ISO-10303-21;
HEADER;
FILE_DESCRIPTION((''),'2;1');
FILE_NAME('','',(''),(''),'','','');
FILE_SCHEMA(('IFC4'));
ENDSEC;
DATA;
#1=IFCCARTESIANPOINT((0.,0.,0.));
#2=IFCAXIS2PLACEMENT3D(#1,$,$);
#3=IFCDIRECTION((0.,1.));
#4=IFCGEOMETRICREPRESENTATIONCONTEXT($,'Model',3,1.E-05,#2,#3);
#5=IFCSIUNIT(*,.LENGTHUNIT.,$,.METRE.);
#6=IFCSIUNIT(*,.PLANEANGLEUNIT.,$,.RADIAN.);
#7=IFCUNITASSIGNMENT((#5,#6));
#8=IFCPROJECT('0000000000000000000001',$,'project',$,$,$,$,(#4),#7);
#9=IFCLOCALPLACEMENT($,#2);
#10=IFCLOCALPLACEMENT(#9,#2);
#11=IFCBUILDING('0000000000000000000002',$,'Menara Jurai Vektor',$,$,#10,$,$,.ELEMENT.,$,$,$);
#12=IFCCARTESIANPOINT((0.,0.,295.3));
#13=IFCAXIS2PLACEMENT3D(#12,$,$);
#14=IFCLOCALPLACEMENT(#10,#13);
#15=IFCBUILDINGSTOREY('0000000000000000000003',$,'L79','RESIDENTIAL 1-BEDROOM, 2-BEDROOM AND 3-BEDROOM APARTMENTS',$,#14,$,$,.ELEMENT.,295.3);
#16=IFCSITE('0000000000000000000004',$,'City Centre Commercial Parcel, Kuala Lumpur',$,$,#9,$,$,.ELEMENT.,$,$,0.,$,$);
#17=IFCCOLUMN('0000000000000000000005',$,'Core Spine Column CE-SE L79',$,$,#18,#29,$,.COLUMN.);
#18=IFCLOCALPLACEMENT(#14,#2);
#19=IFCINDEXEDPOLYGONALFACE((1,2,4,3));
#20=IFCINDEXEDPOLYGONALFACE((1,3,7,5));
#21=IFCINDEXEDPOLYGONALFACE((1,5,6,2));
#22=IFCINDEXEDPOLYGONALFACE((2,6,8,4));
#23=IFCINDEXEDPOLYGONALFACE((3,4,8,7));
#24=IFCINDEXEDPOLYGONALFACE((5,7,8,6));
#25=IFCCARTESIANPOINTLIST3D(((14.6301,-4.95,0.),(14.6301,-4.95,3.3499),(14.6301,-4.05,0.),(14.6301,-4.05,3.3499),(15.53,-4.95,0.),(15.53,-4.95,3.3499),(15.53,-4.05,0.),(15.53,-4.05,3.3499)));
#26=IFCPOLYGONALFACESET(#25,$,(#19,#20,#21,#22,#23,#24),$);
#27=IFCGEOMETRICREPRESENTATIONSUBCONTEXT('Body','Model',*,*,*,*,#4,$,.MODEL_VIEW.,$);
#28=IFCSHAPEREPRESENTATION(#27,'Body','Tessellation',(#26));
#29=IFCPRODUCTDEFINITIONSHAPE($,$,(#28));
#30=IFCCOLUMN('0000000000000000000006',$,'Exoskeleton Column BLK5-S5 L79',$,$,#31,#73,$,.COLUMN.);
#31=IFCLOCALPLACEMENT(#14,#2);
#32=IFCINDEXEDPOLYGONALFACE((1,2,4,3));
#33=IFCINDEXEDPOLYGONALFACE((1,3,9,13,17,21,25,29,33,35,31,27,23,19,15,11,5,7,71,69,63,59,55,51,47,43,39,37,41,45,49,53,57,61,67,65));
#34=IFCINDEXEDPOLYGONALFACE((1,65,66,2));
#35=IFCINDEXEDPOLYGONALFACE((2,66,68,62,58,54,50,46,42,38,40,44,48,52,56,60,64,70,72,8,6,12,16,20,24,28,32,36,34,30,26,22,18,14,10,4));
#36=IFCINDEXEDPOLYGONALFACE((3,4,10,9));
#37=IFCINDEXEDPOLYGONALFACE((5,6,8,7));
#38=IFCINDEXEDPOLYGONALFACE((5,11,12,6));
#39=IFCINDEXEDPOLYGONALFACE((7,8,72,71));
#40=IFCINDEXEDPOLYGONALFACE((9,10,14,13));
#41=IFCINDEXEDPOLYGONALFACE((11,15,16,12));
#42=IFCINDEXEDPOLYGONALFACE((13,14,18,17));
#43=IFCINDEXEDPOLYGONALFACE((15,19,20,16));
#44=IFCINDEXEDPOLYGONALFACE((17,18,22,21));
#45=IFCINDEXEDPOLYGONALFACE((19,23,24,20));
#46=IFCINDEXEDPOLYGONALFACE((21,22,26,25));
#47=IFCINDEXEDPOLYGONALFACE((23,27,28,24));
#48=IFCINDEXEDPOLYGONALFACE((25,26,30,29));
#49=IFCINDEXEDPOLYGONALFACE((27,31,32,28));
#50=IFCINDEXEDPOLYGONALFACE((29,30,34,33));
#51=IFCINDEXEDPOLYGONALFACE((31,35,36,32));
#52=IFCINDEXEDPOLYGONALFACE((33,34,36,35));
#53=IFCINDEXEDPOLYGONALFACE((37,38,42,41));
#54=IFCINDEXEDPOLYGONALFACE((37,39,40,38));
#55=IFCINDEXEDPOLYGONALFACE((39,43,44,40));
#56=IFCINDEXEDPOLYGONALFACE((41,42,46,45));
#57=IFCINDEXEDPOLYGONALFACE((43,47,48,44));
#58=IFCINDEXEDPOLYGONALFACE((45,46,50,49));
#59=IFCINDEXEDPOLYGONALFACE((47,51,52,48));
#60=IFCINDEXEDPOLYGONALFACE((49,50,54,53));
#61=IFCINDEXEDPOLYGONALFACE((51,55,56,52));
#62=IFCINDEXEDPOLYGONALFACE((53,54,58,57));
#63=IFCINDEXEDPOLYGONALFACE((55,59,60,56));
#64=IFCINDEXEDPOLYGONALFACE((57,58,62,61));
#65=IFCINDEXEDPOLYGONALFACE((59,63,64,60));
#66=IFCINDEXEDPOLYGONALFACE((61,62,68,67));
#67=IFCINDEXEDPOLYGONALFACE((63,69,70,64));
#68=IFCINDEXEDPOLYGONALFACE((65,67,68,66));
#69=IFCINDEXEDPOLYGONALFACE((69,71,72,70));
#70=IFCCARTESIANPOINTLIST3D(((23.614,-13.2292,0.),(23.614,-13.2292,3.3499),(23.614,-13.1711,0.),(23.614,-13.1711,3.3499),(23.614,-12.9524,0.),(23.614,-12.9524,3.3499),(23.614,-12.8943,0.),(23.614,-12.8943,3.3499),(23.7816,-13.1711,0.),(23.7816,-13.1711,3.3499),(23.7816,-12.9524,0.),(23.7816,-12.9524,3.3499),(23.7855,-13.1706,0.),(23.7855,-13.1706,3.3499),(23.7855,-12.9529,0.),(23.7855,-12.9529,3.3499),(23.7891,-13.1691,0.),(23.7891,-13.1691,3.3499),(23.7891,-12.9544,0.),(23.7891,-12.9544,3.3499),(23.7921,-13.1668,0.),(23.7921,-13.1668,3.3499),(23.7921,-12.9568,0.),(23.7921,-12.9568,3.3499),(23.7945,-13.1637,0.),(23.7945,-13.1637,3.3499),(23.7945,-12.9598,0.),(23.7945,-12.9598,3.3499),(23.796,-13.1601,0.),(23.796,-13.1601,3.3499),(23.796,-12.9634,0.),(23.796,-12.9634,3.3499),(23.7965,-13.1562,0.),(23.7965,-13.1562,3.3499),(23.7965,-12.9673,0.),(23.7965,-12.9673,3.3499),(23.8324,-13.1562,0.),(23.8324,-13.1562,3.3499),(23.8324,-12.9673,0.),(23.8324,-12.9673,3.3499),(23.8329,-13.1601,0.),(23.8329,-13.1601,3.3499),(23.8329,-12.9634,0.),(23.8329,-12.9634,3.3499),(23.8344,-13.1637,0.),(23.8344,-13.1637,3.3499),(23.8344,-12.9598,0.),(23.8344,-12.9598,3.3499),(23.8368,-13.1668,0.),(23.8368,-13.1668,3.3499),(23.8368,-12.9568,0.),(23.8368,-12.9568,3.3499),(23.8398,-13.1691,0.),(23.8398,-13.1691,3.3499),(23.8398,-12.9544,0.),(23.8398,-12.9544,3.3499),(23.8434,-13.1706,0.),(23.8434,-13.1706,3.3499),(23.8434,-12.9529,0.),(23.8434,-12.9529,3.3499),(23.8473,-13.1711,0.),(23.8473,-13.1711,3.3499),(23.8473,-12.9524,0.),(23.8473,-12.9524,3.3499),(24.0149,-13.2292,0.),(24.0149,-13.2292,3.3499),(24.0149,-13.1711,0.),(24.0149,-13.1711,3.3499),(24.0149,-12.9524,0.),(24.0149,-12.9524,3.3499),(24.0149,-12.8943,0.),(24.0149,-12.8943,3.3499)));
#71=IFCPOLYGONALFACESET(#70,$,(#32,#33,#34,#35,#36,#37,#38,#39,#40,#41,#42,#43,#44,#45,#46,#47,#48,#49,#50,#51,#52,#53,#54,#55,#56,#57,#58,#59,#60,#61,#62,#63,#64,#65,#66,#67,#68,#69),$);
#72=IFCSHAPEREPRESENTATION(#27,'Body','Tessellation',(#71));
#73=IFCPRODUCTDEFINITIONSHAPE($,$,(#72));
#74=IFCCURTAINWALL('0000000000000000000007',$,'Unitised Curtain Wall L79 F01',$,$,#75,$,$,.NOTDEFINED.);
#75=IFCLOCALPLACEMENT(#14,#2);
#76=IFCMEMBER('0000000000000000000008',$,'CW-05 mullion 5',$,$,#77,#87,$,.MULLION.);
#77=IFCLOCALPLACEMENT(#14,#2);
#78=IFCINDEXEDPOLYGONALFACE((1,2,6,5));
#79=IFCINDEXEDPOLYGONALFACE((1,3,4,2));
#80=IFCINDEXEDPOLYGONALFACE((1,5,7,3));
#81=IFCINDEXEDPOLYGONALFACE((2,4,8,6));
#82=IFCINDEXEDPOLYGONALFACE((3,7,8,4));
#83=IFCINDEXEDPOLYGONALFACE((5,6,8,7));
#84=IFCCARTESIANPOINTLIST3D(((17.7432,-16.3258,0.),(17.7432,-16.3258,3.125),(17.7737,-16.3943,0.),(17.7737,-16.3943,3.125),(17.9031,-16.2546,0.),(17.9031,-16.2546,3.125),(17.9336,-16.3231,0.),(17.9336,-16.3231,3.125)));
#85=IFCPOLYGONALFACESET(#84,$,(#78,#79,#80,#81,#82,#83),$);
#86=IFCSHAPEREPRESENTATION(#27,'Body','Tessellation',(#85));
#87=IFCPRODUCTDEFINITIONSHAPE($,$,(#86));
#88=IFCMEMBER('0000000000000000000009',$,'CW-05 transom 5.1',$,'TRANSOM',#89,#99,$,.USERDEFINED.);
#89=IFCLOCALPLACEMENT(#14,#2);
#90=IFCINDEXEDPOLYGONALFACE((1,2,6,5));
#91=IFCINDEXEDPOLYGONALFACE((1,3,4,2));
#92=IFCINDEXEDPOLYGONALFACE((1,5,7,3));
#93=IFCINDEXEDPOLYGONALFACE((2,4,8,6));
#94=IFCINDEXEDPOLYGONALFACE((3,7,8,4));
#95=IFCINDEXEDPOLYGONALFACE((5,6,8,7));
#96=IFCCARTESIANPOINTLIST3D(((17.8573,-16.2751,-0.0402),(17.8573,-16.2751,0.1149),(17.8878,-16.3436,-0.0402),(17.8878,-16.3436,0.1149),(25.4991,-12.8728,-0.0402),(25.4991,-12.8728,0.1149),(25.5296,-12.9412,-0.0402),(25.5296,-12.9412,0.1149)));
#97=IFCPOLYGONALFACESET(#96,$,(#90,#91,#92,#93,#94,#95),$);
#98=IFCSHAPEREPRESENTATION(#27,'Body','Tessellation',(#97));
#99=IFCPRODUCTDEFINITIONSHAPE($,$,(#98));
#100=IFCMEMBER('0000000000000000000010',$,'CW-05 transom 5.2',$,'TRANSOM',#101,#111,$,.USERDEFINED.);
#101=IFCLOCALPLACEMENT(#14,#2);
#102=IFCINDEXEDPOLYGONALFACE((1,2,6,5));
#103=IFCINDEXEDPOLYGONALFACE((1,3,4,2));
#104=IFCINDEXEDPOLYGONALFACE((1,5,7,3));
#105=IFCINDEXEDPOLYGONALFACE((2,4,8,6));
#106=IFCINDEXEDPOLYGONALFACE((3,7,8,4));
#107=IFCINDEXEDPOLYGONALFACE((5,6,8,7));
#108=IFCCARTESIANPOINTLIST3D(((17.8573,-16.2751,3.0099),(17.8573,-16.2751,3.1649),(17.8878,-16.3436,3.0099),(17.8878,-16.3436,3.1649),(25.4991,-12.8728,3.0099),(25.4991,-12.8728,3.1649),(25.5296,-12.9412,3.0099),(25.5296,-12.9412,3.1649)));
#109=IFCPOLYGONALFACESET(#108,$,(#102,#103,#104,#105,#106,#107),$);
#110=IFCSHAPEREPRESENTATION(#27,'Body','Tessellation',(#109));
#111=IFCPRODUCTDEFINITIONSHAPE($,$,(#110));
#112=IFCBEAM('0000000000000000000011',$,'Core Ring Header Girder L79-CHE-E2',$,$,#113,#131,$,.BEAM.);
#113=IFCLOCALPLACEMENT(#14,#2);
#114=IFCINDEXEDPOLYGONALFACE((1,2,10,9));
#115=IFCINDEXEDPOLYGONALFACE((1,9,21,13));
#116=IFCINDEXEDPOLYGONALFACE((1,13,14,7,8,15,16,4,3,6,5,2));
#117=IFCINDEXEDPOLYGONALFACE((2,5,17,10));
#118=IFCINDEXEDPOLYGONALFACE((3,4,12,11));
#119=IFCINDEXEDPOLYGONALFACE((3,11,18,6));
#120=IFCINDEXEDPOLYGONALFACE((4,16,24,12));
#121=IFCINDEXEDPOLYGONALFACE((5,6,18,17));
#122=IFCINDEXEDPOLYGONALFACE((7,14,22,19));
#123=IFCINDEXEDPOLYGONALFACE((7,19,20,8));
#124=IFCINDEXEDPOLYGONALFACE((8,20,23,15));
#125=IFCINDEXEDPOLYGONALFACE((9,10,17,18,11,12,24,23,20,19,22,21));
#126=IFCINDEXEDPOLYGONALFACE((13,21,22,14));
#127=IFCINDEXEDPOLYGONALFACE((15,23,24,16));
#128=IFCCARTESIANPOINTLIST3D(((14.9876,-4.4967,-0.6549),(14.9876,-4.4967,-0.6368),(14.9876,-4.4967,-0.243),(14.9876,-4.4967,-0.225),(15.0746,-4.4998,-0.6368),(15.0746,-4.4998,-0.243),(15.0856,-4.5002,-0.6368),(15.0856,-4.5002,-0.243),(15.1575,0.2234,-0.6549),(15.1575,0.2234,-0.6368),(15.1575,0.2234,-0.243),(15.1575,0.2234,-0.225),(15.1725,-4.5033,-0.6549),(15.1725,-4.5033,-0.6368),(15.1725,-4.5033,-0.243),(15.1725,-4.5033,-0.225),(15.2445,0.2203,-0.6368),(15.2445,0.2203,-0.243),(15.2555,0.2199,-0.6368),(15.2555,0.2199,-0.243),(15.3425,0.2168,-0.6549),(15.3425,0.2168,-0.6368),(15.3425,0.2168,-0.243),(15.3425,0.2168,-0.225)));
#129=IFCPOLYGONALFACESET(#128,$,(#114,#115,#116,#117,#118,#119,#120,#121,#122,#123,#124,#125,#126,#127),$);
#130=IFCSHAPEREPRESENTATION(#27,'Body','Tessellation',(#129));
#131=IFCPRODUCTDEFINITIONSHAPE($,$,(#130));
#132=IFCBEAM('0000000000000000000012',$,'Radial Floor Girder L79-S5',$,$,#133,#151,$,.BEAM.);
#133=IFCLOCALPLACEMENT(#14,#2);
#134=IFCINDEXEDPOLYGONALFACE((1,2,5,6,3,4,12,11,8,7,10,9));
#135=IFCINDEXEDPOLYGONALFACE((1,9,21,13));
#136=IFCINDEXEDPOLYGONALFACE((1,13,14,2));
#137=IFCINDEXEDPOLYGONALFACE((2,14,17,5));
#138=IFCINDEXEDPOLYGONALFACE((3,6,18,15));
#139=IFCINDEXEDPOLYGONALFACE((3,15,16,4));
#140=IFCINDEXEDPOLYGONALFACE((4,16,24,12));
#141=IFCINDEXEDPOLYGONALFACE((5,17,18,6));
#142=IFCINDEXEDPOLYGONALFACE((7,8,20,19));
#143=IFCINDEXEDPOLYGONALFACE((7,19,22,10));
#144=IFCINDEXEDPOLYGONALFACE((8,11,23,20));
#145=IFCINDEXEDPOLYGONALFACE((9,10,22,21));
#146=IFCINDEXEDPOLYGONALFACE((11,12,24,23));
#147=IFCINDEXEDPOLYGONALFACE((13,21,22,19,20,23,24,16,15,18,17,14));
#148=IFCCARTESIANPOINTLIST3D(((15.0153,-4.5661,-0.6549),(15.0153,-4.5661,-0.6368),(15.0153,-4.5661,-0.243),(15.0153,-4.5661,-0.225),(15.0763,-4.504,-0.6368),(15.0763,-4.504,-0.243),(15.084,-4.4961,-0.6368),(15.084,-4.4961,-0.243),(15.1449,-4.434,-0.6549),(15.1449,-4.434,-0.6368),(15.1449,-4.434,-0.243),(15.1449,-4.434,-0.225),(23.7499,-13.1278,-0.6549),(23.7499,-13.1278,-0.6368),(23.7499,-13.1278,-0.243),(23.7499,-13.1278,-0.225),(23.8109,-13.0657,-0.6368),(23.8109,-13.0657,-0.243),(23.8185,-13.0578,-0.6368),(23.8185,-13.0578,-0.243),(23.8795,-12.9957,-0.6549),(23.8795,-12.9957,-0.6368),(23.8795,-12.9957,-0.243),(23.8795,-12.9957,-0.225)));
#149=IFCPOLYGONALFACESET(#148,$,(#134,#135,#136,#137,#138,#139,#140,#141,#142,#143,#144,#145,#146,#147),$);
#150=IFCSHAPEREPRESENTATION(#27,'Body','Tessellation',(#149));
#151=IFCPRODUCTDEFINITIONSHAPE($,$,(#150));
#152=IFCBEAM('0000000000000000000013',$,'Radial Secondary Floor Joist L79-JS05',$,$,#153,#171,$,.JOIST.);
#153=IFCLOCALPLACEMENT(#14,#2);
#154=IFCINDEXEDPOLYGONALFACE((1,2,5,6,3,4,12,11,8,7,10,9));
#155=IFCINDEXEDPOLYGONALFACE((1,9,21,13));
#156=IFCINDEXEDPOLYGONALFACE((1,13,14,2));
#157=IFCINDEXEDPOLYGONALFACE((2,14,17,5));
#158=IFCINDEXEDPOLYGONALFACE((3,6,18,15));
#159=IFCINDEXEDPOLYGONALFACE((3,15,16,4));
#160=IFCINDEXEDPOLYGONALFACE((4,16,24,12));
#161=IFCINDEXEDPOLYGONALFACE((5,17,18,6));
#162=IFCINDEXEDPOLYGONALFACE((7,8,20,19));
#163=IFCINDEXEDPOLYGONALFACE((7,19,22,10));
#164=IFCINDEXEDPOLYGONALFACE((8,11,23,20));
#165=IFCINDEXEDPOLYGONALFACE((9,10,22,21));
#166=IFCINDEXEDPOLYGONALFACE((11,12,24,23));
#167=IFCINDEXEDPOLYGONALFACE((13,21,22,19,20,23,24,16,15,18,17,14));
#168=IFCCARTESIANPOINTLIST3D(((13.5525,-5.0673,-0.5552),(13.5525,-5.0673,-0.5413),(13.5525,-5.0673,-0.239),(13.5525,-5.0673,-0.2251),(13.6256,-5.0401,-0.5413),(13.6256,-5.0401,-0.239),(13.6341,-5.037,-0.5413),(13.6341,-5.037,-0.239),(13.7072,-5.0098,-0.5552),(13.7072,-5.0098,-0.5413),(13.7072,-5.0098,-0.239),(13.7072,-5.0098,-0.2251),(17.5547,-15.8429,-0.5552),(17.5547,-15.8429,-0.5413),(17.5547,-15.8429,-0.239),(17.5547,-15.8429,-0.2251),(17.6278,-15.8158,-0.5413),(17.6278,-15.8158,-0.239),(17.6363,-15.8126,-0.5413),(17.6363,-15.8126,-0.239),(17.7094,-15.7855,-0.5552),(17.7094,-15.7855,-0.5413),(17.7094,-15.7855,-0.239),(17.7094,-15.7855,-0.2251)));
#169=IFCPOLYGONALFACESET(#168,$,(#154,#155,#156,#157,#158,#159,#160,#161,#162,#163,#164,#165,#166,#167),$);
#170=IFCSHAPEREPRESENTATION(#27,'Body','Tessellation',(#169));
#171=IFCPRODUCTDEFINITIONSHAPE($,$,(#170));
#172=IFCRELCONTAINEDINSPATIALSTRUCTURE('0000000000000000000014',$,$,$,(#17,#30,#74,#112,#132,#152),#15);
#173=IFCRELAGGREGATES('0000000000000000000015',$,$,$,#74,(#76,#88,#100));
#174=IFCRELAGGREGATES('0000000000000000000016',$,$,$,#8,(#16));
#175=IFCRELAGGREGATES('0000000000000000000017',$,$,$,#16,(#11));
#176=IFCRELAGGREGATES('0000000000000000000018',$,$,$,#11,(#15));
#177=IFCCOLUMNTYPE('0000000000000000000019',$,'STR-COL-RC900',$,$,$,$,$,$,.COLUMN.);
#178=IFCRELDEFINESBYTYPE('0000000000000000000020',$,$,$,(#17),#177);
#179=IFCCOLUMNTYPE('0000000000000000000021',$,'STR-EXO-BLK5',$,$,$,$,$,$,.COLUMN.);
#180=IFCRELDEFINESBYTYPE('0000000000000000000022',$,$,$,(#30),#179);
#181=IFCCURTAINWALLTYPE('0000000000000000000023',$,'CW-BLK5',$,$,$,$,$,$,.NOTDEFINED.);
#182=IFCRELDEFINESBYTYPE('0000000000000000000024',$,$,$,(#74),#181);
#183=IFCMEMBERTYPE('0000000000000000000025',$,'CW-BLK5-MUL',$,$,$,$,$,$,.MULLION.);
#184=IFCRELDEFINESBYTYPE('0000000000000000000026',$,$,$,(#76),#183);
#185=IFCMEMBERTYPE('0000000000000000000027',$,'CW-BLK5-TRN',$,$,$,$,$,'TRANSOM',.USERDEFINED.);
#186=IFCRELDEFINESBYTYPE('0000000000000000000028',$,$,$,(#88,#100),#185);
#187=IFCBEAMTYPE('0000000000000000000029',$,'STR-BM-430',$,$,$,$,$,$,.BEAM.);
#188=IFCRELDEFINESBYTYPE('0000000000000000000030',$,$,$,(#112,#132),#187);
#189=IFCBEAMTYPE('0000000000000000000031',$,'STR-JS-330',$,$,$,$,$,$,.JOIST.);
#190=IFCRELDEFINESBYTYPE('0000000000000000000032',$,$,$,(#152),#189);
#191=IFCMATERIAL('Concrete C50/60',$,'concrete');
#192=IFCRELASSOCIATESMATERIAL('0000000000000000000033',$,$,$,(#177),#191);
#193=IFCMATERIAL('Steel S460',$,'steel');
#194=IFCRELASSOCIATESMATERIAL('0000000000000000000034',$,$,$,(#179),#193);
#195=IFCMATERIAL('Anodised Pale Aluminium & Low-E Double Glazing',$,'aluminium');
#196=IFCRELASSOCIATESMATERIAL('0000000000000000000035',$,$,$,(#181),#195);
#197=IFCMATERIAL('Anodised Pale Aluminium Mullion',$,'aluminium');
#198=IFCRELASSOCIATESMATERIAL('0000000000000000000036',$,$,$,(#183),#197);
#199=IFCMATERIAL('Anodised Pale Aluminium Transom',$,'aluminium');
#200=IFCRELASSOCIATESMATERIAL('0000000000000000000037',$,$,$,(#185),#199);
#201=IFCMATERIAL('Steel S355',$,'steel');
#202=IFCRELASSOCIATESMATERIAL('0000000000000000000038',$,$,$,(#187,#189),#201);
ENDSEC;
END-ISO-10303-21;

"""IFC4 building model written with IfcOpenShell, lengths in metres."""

from ifc_helpers import new_model, si_unit, direction, frame, origin, origin_2d, place, context, subcontext, project, spatial, rectangle, i_section, extrude, material, material_profile, profile_set, type_object, element, aggregate, save


model = new_model("IFC4")

# Units and contexts
model_context = context("Model", 3, precision=1e-05, world=origin(), true_north=direction((0.0, 1.0)))
body_context = subcontext(model_context, "Body", "Model", "MODEL_VIEW")
ifc_project = project(units=[si_unit("LENGTHUNIT", "METRE"), si_unit("PLANEANGLEUNIT", "RADIAN")], contexts=[model_context])

# Site, building, storey
site_placement = place(None, origin())
site = spatial("IfcSite", under=ifc_project, at=site_placement, Name="City Centre Commercial Parcel, Kuala Lumpur", CompositionType="ELEMENT", RefElevation=0.0)
building_placement = place(site_placement, origin())
building = spatial("IfcBuilding", under=site, at=building_placement, Name="Menara Jurai Vektor", CompositionType="ELEMENT")
storey_placement = place(building_placement, frame((0.0, 0.0, 295.3)))
storey = spatial("IfcBuildingStorey", under=building, at=storey_placement, Name="L79", Description="RESIDENTIAL 1-BEDROOM, 2-BEDROOM AND 3-BEDROOM APARTMENTS", CompositionType="ELEMENT", Elevation=295.3)

# Columns
ifc_material_1 = material(Name="Concrete C50/60", Category="concrete")
ifc_material_profile_1 = material_profile(ifc_material_1, rectangle(XDim=0.8999, YDim=0.8999, at=origin_2d()), Name="RC 900x900")
ifc_profile_set_1 = profile_set([ifc_material_profile_1], Name="Concrete C50/60")
column_type_1 = type_object("IfcColumnType", Name="STR-COL-RC900", PredefinedType="COLUMN", material=ifc_profile_set_1)
column_1_placement = place(storey_placement, frame((15.0801, -4.5, 0.0), z_axis=(0.0, 0.0, 1.0), x_axis=(1.0, 0.0, 0.0)))
element("IfcColumn", 1, at=column_1_placement, inside=storey, type_object=column_type_1, Name="Core Spine Column CE-SE L79", PredefinedType="COLUMN", context=body_context, shape_type="SweptSolid", body=[
    extrude(rectangle(XDim=0.8999, YDim=0.8999, at=origin_2d()), origin(), (0.0, 0.0, 1.0), 3.3499),
])
ifc_material_2 = material(Name="Steel S460", Category="steel")
ifc_material_profile_2 = material_profile(ifc_material_2, i_section(OverallWidth=0.4009, OverallDepth=0.335, WebThickness=0.0359, FlangeThickness=0.0581, FilletRadius=0.0149, at=origin_2d()), Name="HD 400x463")
ifc_profile_set_2 = profile_set([ifc_material_profile_2], Name="Steel S460")
column_type_2 = type_object("IfcColumnType", Name="STR-EXO-BLK5", PredefinedType="COLUMN", material=ifc_profile_set_2)
column_2_placement = place(storey_placement, frame((23.8145, -13.0618, 0.0), z_axis=(0.0, 0.0, 1.0), x_axis=(1.0, 0.0, 0.0)))
element("IfcColumn", 2, at=column_2_placement, inside=storey, type_object=column_type_2, Name="Exoskeleton Column BLK5-S5 L79", PredefinedType="COLUMN", context=body_context, shape_type="SweptSolid", body=[
    extrude(i_section(OverallWidth=0.4009, OverallDepth=0.335, WebThickness=0.0359, FlangeThickness=0.0581, FilletRadius=0.0149, at=origin_2d()), origin(), (0.0, 0.0, 1.0), 3.3499),
])

# Curtain wall, members
ifc_material_3 = material(Name="Anodised Pale Aluminium & Low-E Double Glazing", Category="aluminium")
curtain_wall_type = type_object("IfcCurtainWallType", Name="CW-BLK5", PredefinedType="NOTDEFINED", material=ifc_material_3)
curtain_wall_placement = place(storey_placement, origin())
curtain_wall = element("IfcCurtainWall", 3, at=curtain_wall_placement, inside=storey, type_object=curtain_wall_type, Name="Unitised Curtain Wall L79 F01", PredefinedType="NOTDEFINED")
ifc_material_4 = material(Name="Anodised Pale Aluminium Mullion", Category="aluminium")
ifc_material_profile_3 = material_profile(ifc_material_4, rectangle(XDim=0.075, YDim=0.175, at=origin_2d()), Name="ALU MUL 75x175")
ifc_profile_set_3 = profile_set([ifc_material_profile_3], Name="Anodised Pale Aluminium Mullion")
member_type_1 = type_object("IfcMemberType", Name="CW-BLK5-MUL", PredefinedType="MULLION", material=ifc_profile_set_3)
member_1_placement = place(storey_placement, frame((17.8384, -16.3245, 0.0), z_axis=(0.0, 0.0, 1.0), x_axis=(-0.406735, 0.913546, 0.0)))
member_1 = element("IfcMember", 4, at=member_1_placement, type_object=member_type_1, Name="CW-05 mullion 5", PredefinedType="MULLION", context=body_context, shape_type="SweptSolid", body=[
    extrude(rectangle(XDim=0.075, YDim=0.175, at=origin_2d()), origin(), (0.0, 0.0, 1.0), 3.125),
])
ifc_material_5 = material(Name="Anodised Pale Aluminium Transom", Category="aluminium")
ifc_material_profile_4 = material_profile(ifc_material_5, rectangle(XDim=0.075, YDim=0.155, at=origin_2d()), Name="ALU TRN 75x155")
ifc_profile_set_4 = profile_set([ifc_material_profile_4], Name="Anodised Pale Aluminium Transom")
member_type_2 = type_object("IfcMemberType", Name="CW-BLK5-TRN", ElementType="TRANSOM", PredefinedType="USERDEFINED", material=ifc_profile_set_4)
member_2_placement = place(storey_placement, frame((17.8726, -16.3093, 0.0374), z_axis=(0.913547, 0.406734, 0.0), x_axis=(-0.406734, 0.913547, 0.0)))
member_2 = element("IfcMember", 5, at=member_2_placement, type_object=member_type_2, Name="CW-05 transom 5.1", ObjectType="TRANSOM", PredefinedType="USERDEFINED", context=body_context, shape_type="SweptSolid", body=[
    extrude(rectangle(XDim=0.075, YDim=0.155, at=origin_2d()), origin(), (0.0, 0.0, 1.0), 8.365),
])
member_3_placement = place(storey_placement, frame((17.8726, -16.3093, 3.0874), z_axis=(0.913547, 0.406734, 0.0), x_axis=(-0.406734, 0.913547, 0.0)))
member_3 = element("IfcMember", 6, at=member_3_placement, type_object=member_type_2, Name="CW-05 transom 5.2", ObjectType="TRANSOM", PredefinedType="USERDEFINED", context=body_context, shape_type="SweptSolid", body=[
    extrude(rectangle(XDim=0.075, YDim=0.155, at=origin_2d()), origin(), (0.0, 0.0, 1.0), 8.365),
])

# Beams
ifc_material_6 = material(Name="Steel S355", Category="steel")
ifc_material_profile_5 = material_profile(ifc_material_6, i_section(OverallWidth=0.1851, OverallDepth=0.4299, WebThickness=0.011, FlangeThickness=0.0181, at=origin_2d()), Name="PG 430x185x76")
ifc_profile_set_5 = profile_set([ifc_material_profile_5], Name="Steel S355")
beam_type_1 = type_object("IfcBeamType", Name="STR-BM-430", PredefinedType="BEAM", material=ifc_profile_set_5)
beam_1_placement = place(storey_placement, frame((15.0801, -4.5, -0.4399), z_axis=(0.035977, 0.999353, 0.0), x_axis=(-0.999353, 0.035977, 0.0)))
element("IfcBeam", 7, at=beam_1_placement, inside=storey, type_object=beam_type_1, Name="Core Ring Header Girder L79-CHE-E2", PredefinedType="BEAM", context=body_context, shape_type="SweptSolid", body=[
    extrude(i_section(OverallWidth=0.1851, OverallDepth=0.4299, WebThickness=0.011, FlangeThickness=0.0181, at=origin_2d()), origin(), (0.0, 0.0, 1.0), 4.7231),
])
beam_2_placement = place(storey_placement, frame((23.8147, -13.0618, -0.4399), z_axis=(-0.714138, 0.700005, 0.0), x_axis=(-0.700005, -0.714138, 0.0)))
element("IfcBeam", 8, at=beam_2_placement, inside=storey, type_object=beam_type_1, Name="Radial Floor Girder L79-S5", PredefinedType="BEAM", context=body_context, shape_type="SweptSolid", body=[
    extrude(i_section(OverallWidth=0.1851, OverallDepth=0.4299, WebThickness=0.011, FlangeThickness=0.0181, at=origin_2d()), origin(), (0.0, 0.0, 1.0), 12.231),
])
ifc_material_profile_6 = material_profile(ifc_material_6, i_section(OverallWidth=0.165, OverallDepth=0.3301, WebThickness=0.009, FlangeThickness=0.0139, at=origin_2d()), Name="PG 330x165x46")
ifc_profile_set_6 = profile_set([ifc_material_profile_6], Name="Steel S355")
beam_type_2 = type_object("IfcBeamType", Name="STR-JS-330", PredefinedType="JOIST", material=ifc_profile_set_6)
beam_3_placement = place(storey_placement, frame((17.6321, -15.8142, -0.3901), z_axis=(-0.348173, 0.93743, 0.0), x_axis=(-0.93743, -0.348173, 0.0)))
element("IfcBeam", 9, at=beam_3_placement, inside=storey, type_object=beam_type_2, Name="Radial Secondary Floor Joist L79-JS05", PredefinedType="JOIST", context=body_context, shape_type="SweptSolid", body=[
    extrude(i_section(OverallWidth=0.165, OverallDepth=0.3301, WebThickness=0.009, FlangeThickness=0.0139, at=origin_2d()), origin(), (0.0, 0.0, 1.0), 11.4949),
])

aggregate(curtain_wall, [member_1, member_2, member_3])

save(model, "model.ifc")
